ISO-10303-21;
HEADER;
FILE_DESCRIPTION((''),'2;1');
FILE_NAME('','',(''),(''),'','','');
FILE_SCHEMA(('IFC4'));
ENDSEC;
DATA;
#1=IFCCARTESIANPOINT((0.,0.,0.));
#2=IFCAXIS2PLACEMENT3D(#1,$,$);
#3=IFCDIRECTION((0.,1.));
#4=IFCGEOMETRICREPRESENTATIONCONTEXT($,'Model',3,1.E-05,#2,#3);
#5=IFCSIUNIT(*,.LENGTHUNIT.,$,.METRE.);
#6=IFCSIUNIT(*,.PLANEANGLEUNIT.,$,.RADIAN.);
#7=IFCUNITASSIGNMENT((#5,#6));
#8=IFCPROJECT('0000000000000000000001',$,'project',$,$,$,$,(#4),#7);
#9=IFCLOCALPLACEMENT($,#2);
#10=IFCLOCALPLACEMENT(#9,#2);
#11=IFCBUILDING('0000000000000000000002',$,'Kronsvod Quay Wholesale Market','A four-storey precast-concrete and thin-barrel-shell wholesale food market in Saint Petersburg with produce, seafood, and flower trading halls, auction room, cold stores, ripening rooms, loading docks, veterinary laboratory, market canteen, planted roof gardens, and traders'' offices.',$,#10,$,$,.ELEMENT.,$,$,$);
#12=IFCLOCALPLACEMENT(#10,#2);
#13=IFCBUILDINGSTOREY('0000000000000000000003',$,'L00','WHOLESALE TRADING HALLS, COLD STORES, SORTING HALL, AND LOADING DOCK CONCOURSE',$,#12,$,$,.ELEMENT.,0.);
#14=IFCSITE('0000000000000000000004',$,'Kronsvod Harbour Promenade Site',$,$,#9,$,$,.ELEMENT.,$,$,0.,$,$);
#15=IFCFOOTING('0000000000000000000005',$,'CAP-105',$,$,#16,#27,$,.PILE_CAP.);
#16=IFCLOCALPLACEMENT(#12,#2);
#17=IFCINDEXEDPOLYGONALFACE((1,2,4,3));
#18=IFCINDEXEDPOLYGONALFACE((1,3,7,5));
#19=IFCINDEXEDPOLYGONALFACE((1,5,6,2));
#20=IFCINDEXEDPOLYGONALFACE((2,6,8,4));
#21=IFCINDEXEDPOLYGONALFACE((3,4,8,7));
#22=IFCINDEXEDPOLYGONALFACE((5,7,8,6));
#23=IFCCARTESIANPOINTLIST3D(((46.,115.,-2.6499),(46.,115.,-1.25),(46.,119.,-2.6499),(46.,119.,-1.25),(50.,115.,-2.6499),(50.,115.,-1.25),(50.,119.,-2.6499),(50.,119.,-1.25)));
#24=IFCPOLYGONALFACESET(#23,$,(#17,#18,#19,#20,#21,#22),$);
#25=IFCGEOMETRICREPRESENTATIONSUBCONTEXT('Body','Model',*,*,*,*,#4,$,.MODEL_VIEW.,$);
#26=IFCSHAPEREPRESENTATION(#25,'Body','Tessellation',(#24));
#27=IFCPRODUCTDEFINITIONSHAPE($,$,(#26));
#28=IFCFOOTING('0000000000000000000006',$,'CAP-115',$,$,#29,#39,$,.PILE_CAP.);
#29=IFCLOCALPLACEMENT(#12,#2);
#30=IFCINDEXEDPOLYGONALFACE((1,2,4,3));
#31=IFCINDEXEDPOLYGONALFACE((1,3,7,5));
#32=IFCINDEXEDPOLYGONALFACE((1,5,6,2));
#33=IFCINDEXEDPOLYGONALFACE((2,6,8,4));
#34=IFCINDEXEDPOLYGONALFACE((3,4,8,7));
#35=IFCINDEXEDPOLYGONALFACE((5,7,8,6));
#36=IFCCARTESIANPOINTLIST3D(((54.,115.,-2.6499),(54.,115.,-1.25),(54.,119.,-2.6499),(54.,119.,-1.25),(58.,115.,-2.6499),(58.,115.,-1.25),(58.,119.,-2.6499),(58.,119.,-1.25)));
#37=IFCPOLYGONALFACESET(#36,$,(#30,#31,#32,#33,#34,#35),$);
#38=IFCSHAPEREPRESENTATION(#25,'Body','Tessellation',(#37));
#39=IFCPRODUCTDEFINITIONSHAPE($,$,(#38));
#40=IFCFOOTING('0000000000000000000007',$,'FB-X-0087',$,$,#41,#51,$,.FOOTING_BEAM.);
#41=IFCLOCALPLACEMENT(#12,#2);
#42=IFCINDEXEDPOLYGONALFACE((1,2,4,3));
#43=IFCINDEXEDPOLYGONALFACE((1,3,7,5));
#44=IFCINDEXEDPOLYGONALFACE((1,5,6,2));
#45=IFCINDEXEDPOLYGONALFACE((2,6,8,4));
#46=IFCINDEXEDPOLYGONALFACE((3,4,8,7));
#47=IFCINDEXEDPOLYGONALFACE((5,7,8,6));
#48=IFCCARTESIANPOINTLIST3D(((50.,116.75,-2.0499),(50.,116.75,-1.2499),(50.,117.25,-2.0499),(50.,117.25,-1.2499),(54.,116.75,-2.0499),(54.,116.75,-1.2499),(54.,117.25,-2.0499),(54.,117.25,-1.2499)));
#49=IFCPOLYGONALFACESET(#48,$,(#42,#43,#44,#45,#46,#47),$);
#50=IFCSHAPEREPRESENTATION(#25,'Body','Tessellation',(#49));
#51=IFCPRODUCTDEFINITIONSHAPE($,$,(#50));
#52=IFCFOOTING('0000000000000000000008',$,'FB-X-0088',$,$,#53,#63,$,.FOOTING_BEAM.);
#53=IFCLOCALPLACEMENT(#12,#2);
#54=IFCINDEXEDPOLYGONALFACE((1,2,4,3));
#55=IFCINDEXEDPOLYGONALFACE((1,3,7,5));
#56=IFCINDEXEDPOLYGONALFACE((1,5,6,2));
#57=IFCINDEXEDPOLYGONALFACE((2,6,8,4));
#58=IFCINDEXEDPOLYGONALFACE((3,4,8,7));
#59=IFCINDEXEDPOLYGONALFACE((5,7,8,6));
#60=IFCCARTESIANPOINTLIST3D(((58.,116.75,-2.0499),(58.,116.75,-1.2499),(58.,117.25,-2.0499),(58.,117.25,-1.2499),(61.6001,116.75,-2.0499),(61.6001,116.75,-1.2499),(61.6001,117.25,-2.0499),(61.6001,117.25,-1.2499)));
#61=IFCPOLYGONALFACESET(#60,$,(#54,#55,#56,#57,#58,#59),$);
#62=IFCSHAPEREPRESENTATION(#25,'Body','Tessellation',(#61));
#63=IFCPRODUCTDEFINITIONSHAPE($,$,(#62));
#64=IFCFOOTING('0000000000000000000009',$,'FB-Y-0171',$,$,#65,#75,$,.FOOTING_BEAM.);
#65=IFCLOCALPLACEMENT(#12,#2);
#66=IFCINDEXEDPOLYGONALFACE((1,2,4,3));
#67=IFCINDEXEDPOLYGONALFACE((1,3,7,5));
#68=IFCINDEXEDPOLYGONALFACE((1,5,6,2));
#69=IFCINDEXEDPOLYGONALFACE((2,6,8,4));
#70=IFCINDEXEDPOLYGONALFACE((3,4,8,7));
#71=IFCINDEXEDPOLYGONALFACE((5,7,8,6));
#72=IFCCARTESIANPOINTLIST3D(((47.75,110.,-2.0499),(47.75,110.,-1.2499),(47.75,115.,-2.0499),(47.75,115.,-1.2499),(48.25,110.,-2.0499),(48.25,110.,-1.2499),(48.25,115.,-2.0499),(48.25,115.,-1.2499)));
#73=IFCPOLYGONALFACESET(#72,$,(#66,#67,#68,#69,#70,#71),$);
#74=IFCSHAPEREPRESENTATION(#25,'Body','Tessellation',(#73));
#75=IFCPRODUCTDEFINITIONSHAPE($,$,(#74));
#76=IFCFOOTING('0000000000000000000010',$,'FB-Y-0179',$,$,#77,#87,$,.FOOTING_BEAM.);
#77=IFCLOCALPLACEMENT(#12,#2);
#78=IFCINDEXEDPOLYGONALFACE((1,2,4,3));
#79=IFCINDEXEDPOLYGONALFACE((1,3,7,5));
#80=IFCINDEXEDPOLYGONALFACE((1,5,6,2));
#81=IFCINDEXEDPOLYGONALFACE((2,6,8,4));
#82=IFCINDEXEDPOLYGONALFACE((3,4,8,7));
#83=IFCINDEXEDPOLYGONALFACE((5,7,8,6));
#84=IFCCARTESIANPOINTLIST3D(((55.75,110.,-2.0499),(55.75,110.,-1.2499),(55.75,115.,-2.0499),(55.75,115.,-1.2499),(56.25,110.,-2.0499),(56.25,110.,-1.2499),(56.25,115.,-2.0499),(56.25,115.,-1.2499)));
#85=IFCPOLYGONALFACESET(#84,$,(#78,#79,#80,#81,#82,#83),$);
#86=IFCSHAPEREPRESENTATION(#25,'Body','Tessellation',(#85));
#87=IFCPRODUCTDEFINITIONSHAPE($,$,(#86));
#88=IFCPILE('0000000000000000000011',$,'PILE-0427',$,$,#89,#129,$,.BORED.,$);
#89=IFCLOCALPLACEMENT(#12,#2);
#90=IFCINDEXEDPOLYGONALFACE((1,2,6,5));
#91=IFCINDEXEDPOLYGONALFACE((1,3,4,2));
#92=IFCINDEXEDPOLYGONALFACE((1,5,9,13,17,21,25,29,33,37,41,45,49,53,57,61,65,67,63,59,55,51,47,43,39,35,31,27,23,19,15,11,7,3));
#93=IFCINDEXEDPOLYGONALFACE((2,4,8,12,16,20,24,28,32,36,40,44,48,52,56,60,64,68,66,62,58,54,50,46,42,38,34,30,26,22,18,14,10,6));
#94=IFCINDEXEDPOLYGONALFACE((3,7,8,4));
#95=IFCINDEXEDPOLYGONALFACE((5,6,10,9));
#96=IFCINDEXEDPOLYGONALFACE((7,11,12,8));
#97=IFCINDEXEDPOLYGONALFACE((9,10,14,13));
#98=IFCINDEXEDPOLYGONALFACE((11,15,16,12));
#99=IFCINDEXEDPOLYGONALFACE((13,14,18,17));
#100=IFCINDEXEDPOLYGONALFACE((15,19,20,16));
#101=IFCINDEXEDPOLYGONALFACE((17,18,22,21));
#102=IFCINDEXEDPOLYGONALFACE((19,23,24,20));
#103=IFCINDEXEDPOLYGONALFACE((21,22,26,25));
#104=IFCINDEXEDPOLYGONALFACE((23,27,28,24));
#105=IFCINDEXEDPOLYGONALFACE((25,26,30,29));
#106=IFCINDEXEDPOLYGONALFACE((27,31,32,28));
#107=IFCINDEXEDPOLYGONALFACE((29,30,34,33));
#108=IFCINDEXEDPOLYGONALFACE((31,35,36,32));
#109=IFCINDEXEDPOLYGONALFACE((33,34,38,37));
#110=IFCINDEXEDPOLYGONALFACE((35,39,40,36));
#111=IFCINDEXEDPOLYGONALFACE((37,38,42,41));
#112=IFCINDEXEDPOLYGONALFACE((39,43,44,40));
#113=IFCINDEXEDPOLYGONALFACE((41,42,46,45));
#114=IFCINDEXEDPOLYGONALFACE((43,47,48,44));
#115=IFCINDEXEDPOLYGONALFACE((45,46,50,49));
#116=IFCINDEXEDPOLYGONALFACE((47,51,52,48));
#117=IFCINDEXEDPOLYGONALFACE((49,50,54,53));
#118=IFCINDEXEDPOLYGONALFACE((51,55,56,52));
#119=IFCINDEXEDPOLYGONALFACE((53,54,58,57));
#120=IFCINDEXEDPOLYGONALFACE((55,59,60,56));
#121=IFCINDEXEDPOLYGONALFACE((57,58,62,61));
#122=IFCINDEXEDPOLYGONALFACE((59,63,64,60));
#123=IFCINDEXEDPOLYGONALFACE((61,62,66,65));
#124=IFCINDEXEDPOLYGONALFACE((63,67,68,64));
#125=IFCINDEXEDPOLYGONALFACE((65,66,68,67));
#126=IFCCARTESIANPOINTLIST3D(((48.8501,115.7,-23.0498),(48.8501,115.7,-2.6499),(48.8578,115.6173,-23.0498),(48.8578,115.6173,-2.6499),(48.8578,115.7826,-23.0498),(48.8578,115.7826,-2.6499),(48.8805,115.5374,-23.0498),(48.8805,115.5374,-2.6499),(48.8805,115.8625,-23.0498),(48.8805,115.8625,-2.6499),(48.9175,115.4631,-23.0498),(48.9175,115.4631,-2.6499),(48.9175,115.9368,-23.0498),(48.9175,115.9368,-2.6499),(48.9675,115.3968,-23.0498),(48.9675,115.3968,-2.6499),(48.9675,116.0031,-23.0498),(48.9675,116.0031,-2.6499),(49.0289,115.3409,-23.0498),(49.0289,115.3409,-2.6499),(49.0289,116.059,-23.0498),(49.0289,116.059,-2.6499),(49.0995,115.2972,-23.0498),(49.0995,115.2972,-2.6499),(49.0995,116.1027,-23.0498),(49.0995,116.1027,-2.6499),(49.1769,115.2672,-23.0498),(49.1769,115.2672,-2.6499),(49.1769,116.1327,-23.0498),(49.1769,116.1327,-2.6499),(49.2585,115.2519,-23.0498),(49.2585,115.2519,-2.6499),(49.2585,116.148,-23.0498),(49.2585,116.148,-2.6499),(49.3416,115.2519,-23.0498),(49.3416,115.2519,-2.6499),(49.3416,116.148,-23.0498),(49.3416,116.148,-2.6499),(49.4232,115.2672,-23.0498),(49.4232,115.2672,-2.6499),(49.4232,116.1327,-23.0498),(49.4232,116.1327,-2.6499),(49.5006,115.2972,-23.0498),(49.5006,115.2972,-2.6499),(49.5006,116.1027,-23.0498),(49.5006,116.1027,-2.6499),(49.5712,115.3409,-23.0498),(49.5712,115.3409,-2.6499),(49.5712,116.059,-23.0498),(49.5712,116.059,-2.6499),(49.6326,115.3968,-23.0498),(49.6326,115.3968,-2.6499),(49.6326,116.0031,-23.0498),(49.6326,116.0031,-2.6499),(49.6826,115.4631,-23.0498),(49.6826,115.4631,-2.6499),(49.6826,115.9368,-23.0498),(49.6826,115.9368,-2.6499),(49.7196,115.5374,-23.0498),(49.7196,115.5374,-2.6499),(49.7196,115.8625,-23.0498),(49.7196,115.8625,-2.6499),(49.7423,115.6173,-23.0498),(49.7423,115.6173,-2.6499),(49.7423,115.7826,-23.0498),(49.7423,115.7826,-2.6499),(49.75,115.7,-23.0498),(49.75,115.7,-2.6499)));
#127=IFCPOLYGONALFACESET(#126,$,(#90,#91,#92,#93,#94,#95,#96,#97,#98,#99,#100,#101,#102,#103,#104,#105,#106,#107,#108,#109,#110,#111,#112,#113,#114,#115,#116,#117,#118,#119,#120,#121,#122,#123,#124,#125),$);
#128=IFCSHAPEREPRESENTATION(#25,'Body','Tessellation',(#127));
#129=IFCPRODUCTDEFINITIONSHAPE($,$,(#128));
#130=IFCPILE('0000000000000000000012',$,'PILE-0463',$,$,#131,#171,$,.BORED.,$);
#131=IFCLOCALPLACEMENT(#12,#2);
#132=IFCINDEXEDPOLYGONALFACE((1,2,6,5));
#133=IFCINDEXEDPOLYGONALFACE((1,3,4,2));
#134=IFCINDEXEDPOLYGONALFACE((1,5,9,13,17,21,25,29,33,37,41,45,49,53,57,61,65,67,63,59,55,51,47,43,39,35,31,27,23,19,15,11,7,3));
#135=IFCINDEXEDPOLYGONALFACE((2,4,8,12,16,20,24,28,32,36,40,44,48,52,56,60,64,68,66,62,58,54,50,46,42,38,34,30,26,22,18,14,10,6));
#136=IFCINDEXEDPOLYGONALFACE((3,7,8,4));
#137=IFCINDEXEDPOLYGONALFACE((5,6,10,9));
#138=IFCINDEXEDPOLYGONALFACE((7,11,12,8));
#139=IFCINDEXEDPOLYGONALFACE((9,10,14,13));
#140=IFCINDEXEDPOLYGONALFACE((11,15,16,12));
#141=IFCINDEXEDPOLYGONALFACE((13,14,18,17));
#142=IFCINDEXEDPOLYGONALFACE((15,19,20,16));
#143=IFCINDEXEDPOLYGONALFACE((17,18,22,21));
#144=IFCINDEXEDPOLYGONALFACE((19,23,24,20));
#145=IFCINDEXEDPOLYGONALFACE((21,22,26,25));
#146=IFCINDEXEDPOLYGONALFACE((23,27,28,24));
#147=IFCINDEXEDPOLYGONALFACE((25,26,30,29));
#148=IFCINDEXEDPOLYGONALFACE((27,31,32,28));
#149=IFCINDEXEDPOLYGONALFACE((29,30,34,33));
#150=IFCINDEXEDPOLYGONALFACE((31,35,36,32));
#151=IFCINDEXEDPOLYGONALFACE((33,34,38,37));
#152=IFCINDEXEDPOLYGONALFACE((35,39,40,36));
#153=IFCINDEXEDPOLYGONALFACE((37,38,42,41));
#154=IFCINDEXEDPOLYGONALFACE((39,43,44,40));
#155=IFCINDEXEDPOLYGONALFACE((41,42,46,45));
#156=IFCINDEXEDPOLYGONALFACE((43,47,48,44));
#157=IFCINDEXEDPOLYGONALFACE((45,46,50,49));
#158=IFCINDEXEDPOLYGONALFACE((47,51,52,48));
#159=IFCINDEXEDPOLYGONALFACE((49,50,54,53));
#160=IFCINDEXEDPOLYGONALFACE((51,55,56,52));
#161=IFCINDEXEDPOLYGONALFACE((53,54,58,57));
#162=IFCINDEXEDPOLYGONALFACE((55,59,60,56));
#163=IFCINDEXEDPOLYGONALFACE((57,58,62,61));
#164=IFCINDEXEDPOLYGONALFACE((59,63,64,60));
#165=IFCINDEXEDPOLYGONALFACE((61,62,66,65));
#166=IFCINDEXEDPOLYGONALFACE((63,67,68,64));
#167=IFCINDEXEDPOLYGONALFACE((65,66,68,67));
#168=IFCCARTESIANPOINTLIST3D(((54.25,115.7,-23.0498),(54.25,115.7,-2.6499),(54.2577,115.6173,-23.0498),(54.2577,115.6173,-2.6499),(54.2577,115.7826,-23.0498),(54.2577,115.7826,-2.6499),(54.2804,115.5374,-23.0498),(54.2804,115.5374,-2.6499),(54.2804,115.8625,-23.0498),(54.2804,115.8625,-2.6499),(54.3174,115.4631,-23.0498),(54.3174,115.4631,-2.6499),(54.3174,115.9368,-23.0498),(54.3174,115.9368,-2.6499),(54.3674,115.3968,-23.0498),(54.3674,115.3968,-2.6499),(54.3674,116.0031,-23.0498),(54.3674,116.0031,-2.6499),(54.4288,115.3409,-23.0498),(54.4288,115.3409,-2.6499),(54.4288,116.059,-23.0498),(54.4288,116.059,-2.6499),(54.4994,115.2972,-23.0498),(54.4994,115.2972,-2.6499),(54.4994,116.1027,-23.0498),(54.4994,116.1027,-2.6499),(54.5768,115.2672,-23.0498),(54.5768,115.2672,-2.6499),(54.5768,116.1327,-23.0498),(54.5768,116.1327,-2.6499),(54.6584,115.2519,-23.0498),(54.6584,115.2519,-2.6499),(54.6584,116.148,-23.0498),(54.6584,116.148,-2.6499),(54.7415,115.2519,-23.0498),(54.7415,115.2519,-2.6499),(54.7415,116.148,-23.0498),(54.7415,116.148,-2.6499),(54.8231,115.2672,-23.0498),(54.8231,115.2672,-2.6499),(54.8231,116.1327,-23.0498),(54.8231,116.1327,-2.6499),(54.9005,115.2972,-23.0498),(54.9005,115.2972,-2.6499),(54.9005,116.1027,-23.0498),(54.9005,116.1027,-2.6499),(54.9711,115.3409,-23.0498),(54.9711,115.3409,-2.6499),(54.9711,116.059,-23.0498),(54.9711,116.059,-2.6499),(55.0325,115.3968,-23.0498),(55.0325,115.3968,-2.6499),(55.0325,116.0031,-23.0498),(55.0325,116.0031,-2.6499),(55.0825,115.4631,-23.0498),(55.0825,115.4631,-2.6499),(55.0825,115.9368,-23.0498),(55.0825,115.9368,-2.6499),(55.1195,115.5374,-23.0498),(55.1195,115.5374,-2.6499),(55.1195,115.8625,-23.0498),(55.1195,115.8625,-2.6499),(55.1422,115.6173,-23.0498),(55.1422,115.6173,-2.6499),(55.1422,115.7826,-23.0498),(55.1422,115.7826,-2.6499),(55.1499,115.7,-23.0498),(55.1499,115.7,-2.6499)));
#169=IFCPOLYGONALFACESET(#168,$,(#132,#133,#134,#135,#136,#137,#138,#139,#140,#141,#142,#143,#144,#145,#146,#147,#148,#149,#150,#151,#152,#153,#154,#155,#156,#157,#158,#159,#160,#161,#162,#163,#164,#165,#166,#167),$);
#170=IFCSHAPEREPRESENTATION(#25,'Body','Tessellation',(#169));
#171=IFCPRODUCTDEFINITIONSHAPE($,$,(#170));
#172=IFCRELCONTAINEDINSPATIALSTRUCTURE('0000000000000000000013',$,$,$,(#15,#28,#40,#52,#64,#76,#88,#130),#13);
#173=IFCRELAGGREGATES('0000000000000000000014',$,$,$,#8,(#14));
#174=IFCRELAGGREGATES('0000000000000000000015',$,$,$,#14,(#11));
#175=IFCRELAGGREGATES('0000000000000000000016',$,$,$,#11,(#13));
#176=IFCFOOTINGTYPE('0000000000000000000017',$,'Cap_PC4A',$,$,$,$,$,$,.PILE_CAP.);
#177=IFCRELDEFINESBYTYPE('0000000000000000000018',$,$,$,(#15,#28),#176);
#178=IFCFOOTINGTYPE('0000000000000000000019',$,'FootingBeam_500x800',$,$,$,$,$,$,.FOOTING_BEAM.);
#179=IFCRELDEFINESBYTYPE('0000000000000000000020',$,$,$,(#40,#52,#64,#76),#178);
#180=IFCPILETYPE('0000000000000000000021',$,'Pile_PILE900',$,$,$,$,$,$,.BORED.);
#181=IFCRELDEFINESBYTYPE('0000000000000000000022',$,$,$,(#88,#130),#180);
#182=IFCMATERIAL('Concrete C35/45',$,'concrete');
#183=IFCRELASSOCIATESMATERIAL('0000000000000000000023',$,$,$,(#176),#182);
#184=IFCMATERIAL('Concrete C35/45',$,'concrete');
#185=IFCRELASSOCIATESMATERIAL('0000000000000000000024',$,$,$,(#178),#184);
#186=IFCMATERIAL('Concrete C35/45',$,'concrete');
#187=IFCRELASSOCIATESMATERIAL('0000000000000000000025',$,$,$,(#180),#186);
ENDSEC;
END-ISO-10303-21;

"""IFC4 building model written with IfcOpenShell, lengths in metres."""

from ifc_helpers import new_model, si_unit, direction, frame, origin, origin_2d, place, context, subcontext, project, spatial, rectangle, circle, extrude, material, material_profile, profile_set, type_object, element, save


model = new_model("IFC4")

# Units and contexts
model_context = context("Model", 3, precision=1e-05, world=origin(), true_north=direction((0.0, 1.0)))
body_context = subcontext(model_context, "Body", "Model", "MODEL_VIEW")
ifc_project = project(units=[si_unit("LENGTHUNIT", "METRE"), si_unit("PLANEANGLEUNIT", "RADIAN")], contexts=[model_context])

# Site, building, storey
site_placement = place(None, origin())
site = spatial("IfcSite", under=ifc_project, at=site_placement, Name="Kronsvod Harbour Promenade Site", CompositionType="ELEMENT", RefElevation=0.0)
building_placement = place(site_placement, origin())
building = spatial("IfcBuilding", under=site, at=building_placement, Name="Kronsvod Quay Wholesale Market", Description="A four-storey precast-concrete and thin-barrel-shell wholesale food market in Saint Petersburg with produce, seafood, and flower trading halls, auction room, cold stores, ripening rooms, loading docks, veterinary laboratory, market canteen, planted roof gardens, and traders' offices.", CompositionType="ELEMENT")
storey_placement = place(building_placement, origin())
storey = spatial("IfcBuildingStorey", under=building, at=storey_placement, Name="L00", Description="WHOLESALE TRADING HALLS, COLD STORES, SORTING HALL, AND LOADING DOCK CONCOURSE", CompositionType="ELEMENT", Elevation=0.0)

# Footings
ifc_material_1 = material(Name="Concrete C35/45", Category="concrete")
footing_type_1 = type_object("IfcFootingType", Name="Cap_PC4A", PredefinedType="PILE_CAP", material=ifc_material_1)
for number, where, z_axis, x_axis, name in (
    (1, (48.0, 117.0, -2.6499), (0.0, 0.0, 1.0), (1.0, 0.0, 0.0), "CAP-105"),
    (2, (56.0, 117.0, -2.6499), (0.0, 0.0, 1.0), (1.0, 0.0, 0.0), "CAP-115"),
):
    element("IfcFooting", number, at=place(storey_placement, frame(where, z_axis=z_axis, x_axis=x_axis)), inside=storey, type_object=footing_type_1, Name=name, PredefinedType="PILE_CAP", context=body_context, shape_type="SweptSolid", body=[
        extrude(rectangle(XDim=4.0, YDim=4.0, at=origin_2d()), origin(), (0.0, 0.0, 1.0), 1.3999),
    ])
ifc_material_2 = material(Name="Concrete C35/45", Category="concrete")
ifc_material_profile_1 = material_profile(ifc_material_2, rectangle(XDim=0.5, YDim=0.8, at=origin_2d()), Name="FB-01")
ifc_profile_set_1 = profile_set([ifc_material_profile_1], Name="Concrete C35/45")
footing_type_2 = type_object("IfcFootingType", Name="FootingBeam_500x800", PredefinedType="FOOTING_BEAM", material=ifc_profile_set_1)
footing_1_placement = place(storey_placement, frame((50.0, 117.0, -1.6499), z_axis=(1.0, 0.0, 0.0), x_axis=(0.0, 1.0, 0.0)))
element("IfcFooting", 3, at=footing_1_placement, inside=storey, type_object=footing_type_2, Name="FB-X-0087", PredefinedType="FOOTING_BEAM", context=body_context, shape_type="SweptSolid", body=[
    extrude(rectangle(XDim=0.5, YDim=0.8, at=origin_2d()), origin(), (0.0, 0.0, 1.0), 4.0),
])
footing_2_placement = place(storey_placement, frame((58.0, 117.0, -1.6499), z_axis=(1.0, 0.0, 0.0), x_axis=(0.0, 1.0, 0.0)))
element("IfcFooting", 4, at=footing_2_placement, inside=storey, type_object=footing_type_2, Name="FB-X-0088", PredefinedType="FOOTING_BEAM", context=body_context, shape_type="SweptSolid", body=[
    extrude(rectangle(XDim=0.5, YDim=0.8, at=origin_2d()), origin(), (0.0, 0.0, 1.0), 3.6001),
])
for number, where, z_axis, x_axis, name in (
    (5, (48.0, 110.0, -1.6499), (0.0, 1.0, 0.0), (-1.0, 0.0, 0.0), "FB-Y-0171"),
    (6, (56.0, 110.0, -1.6499), (0.0, 1.0, 0.0), (-1.0, 0.0, 0.0), "FB-Y-0179"),
):
    element("IfcFooting", number, at=place(storey_placement, frame(where, z_axis=z_axis, x_axis=x_axis)), inside=storey, type_object=footing_type_2, Name=name, PredefinedType="FOOTING_BEAM", context=body_context, shape_type="SweptSolid", body=[
        extrude(rectangle(XDim=0.5, YDim=0.8, at=origin_2d()), origin(), (0.0, 0.0, 1.0), 5.0),
    ])

# Piles
ifc_material_3 = material(Name="Concrete C35/45", Category="concrete")
ifc_material_profile_2 = material_profile(ifc_material_3, circle(Radius=0.45, at=origin_2d()), Name="PILE900")
ifc_profile_set_2 = profile_set([ifc_material_profile_2], Name="Concrete C35/45")
pile_type = type_object("IfcPileType", Name="Pile_PILE900", PredefinedType="BORED", material=ifc_profile_set_2)
for number, where, z_axis, x_axis, name in (
    (7, (49.3, 115.7, -2.6499), (0.0, 0.0, -1.0), (1.0, 0.0, 0.0), "PILE-0427"),
    (8, (54.7, 115.7, -2.6499), (0.0, 0.0, -1.0), (1.0, 0.0, 0.0), "PILE-0463"),
):
    element("IfcPile", number, at=place(storey_placement, frame(where, z_axis=z_axis, x_axis=x_axis)), inside=storey, type_object=pile_type, Name=name, PredefinedType="BORED", context=body_context, shape_type="SweptSolid", body=[
        extrude(circle(Radius=0.45, at=origin_2d()), origin(), (0.0, 0.0, 1.0), 20.3999),
    ])

save(model, "model.ifc")
